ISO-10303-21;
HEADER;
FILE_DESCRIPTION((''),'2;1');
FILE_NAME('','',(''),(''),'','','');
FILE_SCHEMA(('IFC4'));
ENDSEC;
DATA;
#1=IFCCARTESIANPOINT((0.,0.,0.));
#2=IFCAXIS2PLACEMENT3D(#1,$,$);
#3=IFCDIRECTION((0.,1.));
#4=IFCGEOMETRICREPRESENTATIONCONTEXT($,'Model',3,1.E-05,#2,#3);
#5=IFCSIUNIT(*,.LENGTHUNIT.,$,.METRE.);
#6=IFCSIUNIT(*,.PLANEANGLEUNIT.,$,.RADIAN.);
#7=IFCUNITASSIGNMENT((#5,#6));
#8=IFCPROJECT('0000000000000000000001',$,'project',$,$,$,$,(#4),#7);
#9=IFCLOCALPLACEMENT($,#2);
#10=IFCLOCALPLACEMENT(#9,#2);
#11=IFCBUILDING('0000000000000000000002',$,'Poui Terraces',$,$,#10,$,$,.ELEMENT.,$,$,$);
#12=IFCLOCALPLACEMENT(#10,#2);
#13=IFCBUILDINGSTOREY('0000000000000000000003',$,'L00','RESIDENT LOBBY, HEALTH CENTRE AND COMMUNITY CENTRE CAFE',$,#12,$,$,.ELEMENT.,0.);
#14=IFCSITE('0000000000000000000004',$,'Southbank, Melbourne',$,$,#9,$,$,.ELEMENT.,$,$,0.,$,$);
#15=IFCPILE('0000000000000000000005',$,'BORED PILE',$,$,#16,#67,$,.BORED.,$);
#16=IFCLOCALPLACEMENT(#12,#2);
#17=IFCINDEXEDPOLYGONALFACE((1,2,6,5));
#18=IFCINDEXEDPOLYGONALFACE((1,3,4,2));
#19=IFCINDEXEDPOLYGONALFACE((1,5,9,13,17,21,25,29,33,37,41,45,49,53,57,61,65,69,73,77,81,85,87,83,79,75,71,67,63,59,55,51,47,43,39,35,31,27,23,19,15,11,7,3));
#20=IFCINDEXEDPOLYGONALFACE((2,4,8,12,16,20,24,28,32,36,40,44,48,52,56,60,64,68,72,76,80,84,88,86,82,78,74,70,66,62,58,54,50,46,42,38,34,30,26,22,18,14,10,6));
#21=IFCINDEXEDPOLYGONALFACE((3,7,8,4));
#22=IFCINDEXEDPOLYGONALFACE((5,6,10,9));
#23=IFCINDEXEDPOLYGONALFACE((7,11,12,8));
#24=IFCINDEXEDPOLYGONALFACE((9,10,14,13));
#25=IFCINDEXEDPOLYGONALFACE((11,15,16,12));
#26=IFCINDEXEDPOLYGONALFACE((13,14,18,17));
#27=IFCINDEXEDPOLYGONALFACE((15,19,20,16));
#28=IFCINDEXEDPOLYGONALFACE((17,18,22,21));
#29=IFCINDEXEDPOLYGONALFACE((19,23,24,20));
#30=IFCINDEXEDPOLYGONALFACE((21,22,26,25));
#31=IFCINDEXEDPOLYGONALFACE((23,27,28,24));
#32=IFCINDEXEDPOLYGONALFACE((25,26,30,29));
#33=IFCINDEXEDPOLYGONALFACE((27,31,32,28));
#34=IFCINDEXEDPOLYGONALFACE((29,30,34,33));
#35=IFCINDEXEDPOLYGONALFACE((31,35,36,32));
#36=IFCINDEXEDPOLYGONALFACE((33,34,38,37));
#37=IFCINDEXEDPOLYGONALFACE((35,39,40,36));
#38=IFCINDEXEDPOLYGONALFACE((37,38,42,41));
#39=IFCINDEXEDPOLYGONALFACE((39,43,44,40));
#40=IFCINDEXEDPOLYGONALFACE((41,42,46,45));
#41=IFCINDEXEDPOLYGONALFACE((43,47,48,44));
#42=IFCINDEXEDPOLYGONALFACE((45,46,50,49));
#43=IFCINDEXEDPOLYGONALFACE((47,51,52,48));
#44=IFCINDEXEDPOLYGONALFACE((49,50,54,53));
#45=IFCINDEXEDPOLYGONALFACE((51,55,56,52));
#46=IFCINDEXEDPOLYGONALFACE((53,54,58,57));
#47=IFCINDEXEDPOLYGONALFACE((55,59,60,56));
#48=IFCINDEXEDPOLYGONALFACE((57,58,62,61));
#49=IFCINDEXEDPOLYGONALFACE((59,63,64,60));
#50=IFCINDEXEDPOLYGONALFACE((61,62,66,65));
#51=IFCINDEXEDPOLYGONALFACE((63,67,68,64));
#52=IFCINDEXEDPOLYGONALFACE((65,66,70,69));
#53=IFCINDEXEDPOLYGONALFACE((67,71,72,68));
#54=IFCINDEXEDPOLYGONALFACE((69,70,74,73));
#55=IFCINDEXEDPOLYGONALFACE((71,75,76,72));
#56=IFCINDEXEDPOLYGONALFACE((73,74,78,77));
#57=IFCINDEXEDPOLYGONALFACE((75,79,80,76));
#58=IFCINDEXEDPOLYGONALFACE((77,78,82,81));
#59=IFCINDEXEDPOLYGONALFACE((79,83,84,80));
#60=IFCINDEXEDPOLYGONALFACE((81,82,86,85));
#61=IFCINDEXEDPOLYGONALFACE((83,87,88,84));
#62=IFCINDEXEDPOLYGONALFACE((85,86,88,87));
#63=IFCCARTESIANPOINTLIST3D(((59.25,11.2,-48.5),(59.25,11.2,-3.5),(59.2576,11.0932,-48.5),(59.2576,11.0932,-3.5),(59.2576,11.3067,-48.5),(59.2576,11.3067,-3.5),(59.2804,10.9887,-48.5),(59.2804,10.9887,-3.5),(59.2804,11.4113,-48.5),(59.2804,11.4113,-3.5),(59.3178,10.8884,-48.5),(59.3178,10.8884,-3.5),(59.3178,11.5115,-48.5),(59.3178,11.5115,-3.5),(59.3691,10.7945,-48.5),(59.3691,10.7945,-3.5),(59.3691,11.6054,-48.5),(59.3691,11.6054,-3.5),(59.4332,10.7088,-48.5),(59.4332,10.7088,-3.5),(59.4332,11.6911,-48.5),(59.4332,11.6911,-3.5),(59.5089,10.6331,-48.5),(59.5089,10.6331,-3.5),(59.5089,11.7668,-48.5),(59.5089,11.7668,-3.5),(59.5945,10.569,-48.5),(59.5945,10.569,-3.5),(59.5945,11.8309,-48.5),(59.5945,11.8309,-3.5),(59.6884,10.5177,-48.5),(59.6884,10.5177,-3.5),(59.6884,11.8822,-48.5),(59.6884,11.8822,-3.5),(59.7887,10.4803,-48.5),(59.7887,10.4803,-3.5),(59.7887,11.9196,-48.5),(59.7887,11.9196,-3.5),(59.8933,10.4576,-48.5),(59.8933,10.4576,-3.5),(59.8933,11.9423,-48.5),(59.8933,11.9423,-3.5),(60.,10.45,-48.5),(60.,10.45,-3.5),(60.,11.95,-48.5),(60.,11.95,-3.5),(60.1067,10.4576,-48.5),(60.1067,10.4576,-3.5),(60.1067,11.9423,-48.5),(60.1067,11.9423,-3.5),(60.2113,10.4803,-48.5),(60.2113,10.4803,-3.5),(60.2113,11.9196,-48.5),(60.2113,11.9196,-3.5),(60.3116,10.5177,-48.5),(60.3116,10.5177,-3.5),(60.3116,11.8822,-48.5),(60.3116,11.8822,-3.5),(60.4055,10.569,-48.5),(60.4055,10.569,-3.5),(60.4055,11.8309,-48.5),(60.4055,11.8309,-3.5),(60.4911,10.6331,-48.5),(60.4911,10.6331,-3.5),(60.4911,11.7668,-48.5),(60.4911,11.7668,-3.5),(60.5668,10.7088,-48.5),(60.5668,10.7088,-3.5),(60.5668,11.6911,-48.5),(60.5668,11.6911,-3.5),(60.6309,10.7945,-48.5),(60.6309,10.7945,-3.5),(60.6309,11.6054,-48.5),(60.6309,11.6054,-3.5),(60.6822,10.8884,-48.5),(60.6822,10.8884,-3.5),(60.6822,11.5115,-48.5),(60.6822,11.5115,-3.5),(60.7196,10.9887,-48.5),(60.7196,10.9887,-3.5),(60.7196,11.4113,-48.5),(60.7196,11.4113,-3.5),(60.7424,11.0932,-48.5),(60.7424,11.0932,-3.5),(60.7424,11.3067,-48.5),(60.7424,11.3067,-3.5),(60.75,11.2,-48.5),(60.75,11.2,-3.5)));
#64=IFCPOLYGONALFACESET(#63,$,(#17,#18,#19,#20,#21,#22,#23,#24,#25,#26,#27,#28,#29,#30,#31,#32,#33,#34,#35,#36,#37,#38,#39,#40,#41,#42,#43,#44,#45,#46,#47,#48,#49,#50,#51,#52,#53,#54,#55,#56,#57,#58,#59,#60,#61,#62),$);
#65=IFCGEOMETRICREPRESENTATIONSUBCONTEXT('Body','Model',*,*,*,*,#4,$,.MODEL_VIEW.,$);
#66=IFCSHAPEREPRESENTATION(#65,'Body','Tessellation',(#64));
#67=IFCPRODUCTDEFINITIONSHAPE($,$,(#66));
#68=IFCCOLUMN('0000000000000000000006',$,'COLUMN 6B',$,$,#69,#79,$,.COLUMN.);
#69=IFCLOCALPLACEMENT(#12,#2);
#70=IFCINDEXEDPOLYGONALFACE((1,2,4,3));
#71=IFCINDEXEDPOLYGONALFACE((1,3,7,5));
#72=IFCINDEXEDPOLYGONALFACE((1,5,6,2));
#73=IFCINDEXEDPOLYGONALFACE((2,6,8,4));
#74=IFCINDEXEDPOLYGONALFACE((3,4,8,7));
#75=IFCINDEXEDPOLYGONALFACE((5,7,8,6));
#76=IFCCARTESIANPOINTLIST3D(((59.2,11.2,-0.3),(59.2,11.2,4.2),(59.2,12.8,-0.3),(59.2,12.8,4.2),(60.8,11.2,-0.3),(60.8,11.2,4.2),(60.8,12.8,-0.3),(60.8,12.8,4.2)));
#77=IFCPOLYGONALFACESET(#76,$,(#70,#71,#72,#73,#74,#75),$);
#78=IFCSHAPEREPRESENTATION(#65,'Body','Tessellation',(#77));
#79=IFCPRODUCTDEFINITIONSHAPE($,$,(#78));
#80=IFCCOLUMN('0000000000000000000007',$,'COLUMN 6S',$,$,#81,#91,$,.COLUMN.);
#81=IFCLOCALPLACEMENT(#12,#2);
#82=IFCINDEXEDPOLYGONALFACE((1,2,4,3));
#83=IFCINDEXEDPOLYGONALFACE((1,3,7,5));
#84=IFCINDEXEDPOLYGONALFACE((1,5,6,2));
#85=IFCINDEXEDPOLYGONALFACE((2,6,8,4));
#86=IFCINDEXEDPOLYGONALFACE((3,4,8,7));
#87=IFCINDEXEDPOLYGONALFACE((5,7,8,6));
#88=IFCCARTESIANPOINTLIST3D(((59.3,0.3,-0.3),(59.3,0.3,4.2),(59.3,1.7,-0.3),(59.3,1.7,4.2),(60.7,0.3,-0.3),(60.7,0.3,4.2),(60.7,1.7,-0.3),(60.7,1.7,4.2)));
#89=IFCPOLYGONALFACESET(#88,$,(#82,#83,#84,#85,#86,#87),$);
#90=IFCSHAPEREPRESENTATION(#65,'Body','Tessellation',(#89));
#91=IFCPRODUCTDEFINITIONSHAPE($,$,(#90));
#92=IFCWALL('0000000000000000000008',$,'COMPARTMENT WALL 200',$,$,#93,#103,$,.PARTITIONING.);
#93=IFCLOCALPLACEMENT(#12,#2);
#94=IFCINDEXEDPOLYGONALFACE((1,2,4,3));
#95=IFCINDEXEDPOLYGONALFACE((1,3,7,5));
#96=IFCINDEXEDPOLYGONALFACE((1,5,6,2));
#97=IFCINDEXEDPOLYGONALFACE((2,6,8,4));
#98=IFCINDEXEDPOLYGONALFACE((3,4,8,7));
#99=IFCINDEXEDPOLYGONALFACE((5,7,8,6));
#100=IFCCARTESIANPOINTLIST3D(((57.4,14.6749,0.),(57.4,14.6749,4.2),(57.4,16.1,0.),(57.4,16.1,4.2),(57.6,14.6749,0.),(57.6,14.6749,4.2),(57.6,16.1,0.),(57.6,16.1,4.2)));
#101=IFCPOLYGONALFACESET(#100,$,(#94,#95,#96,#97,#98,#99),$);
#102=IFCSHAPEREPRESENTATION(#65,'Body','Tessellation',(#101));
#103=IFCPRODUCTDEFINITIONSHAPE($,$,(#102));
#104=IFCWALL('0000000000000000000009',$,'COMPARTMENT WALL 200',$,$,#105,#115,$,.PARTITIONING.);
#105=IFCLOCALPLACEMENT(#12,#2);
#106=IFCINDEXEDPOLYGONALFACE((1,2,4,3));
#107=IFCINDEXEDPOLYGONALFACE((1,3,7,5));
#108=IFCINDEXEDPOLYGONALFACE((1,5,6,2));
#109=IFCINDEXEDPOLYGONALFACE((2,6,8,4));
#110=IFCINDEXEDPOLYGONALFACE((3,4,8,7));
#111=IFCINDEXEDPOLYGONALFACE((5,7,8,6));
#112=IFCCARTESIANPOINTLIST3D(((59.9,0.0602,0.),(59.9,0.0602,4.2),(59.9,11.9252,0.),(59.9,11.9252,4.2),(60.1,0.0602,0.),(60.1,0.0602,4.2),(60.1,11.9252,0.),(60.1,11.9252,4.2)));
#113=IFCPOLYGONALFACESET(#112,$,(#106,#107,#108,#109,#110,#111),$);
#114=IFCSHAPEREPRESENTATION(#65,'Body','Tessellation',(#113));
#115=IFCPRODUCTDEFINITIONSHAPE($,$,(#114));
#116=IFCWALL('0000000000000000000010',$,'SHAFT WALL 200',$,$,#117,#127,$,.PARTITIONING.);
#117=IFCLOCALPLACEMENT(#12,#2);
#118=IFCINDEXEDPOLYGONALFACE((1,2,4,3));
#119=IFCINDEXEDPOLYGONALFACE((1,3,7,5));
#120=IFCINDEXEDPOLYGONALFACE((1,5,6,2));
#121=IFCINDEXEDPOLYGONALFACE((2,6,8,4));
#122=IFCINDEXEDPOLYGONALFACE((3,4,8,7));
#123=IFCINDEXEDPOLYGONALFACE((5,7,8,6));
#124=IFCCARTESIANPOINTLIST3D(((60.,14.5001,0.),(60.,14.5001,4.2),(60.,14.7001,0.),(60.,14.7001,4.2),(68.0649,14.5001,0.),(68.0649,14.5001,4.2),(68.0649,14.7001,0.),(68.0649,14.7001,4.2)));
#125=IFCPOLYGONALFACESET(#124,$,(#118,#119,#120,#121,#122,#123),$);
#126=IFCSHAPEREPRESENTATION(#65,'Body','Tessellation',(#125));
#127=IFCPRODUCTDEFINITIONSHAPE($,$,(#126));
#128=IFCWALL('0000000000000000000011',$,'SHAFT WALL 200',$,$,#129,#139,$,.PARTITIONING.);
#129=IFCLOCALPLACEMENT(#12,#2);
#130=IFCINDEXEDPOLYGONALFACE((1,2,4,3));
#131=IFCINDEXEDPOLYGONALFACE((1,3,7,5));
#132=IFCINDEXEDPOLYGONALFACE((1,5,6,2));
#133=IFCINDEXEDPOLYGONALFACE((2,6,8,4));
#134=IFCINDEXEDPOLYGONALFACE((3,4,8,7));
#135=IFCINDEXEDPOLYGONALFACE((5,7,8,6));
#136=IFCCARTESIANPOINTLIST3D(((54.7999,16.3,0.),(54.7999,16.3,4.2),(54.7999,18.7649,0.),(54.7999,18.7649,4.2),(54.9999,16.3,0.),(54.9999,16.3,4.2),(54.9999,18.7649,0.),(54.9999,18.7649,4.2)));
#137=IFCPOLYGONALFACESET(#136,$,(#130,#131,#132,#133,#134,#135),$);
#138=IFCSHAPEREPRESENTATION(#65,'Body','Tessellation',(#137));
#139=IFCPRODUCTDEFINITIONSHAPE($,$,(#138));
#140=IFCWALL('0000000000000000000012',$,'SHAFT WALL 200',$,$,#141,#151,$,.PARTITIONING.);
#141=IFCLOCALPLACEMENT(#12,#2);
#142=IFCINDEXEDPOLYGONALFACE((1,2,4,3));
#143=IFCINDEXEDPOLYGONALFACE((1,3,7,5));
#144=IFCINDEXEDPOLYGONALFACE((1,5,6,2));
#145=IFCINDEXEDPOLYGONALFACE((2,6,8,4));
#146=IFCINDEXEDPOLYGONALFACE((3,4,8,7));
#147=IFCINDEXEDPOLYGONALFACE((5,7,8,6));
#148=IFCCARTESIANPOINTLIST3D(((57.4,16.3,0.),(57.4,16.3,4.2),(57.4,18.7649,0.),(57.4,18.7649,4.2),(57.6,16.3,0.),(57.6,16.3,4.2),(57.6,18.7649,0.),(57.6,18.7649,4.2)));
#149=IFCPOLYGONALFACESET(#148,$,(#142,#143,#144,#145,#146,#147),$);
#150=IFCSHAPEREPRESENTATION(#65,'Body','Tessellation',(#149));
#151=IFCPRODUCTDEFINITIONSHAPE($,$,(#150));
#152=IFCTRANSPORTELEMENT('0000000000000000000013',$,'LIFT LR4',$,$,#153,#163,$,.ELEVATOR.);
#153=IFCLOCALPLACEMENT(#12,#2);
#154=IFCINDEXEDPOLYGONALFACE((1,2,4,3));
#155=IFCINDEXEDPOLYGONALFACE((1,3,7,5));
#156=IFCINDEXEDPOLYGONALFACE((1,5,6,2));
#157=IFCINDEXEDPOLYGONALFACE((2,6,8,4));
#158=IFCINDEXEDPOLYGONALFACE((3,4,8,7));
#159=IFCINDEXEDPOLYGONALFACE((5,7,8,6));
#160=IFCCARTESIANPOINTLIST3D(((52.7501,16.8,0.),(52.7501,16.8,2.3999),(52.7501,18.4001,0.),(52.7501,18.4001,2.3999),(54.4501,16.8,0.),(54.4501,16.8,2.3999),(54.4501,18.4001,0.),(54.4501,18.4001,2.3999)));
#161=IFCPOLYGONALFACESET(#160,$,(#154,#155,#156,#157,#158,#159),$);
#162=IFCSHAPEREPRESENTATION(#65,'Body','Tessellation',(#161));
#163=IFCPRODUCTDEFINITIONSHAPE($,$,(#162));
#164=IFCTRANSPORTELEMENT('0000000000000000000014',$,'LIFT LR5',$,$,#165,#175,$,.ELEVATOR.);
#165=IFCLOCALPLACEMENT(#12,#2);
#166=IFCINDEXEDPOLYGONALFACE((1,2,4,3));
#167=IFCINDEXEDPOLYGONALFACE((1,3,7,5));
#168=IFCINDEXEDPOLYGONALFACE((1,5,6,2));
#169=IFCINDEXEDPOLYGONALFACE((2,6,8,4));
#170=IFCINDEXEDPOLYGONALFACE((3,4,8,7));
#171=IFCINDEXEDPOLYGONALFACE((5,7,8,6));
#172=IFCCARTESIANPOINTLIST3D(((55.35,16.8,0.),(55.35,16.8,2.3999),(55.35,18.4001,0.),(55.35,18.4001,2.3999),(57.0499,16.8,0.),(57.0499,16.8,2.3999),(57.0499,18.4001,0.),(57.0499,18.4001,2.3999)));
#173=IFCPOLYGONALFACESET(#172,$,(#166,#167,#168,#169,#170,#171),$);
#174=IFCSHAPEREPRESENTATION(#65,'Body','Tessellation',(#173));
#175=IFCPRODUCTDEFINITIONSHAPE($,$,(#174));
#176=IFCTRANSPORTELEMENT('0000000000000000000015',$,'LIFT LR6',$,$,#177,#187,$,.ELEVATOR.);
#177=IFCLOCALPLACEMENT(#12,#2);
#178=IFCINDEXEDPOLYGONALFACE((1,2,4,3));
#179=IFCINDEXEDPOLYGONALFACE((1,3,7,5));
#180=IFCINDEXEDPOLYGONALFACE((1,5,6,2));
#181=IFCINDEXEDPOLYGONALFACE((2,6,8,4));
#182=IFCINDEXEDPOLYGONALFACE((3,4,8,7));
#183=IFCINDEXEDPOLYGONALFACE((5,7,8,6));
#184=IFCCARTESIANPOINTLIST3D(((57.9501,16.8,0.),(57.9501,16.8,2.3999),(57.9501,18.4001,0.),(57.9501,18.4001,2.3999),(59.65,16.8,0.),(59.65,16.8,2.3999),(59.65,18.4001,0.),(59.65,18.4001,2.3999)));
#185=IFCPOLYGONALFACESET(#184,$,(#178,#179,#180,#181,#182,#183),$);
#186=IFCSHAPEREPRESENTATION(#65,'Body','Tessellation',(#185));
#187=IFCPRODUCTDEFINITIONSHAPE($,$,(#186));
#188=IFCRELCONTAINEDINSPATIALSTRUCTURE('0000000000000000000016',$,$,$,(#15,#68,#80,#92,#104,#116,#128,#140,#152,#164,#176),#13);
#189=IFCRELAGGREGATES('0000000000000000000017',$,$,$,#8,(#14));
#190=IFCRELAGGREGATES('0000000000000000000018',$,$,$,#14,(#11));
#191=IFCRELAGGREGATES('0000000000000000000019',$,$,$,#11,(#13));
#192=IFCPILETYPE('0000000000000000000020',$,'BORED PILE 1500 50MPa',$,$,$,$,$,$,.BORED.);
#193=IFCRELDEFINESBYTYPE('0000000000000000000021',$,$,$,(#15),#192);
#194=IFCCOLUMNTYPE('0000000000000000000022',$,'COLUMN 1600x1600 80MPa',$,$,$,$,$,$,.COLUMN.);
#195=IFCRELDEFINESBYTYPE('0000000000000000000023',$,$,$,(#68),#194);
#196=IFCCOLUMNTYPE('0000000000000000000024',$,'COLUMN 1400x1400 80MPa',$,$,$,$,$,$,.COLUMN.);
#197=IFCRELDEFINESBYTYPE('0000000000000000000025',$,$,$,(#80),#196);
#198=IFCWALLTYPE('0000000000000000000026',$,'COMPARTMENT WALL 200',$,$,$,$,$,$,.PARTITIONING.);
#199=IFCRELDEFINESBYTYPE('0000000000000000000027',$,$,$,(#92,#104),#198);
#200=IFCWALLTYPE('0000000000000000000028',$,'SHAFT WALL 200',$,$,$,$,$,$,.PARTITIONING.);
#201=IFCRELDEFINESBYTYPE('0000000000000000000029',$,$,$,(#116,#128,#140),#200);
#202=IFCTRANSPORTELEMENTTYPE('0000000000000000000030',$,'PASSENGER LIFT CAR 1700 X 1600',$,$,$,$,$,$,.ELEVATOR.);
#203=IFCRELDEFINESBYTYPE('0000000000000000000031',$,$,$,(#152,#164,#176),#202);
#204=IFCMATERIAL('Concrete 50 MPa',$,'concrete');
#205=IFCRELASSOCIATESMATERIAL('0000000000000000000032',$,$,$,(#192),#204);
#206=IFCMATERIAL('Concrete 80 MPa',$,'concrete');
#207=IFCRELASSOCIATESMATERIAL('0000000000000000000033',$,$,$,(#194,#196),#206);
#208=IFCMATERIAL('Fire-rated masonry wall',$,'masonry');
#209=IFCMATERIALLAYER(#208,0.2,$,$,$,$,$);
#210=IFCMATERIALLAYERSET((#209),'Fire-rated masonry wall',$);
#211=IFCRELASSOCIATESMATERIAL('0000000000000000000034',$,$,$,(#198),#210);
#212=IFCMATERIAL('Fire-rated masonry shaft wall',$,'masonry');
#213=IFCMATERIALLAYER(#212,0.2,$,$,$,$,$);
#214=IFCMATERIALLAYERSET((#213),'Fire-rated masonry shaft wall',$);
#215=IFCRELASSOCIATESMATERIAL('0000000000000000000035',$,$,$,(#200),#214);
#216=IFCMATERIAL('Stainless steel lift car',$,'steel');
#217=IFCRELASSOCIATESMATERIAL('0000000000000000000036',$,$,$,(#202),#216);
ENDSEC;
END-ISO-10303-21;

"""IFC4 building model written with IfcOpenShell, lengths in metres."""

from ifc_helpers import new_model, si_unit, direction, frame, frame_2d, origin, origin_2d, place, context, subcontext, project, spatial, rectangle, circle, extrude, source, transform, mapped, material, layer, layer_set, material_profile, profile_set, type_object, element, save


model = new_model("IFC4")

# Units and contexts
model_context = context("Model", 3, precision=1e-05, world=origin(), true_north=direction((0.0, 1.0)))
body_context = subcontext(model_context, "Body", "Model", "MODEL_VIEW")
ifc_project = project(units=[si_unit("LENGTHUNIT", "METRE"), si_unit("PLANEANGLEUNIT", "RADIAN")], contexts=[model_context])

# Site, building, storey
site_placement = place(None, origin())
site = spatial("IfcSite", under=ifc_project, at=site_placement, Name="Southbank, Melbourne", CompositionType="ELEMENT", RefElevation=0.0)
building_placement = place(site_placement, origin())
building = spatial("IfcBuilding", under=site, at=building_placement, Name="Poui Terraces", CompositionType="ELEMENT")
storey_placement = place(building_placement, origin())
storey = spatial("IfcBuildingStorey", under=building, at=storey_placement, Name="L00", Description="RESIDENT LOBBY, HEALTH CENTRE AND COMMUNITY CENTRE CAFE", CompositionType="ELEMENT", Elevation=0.0)

# Pile
ifc_material_1 = material(Name="Concrete 50 MPa", Category="concrete")
ifc_material_profile_1 = material_profile(ifc_material_1, circle(Radius=0.75, at=origin_2d()), Name="RC D1500")
ifc_profile_set_1 = profile_set([ifc_material_profile_1], Name="Concrete 50 MPa")
pile_type = type_object("IfcPileType", Name="BORED PILE 1500 50MPa", PredefinedType="BORED", material=ifc_profile_set_1)
for number, where, z_axis, x_axis, name in (
    (1, (60.0, 11.2, -3.5), (0.0, 0.0, -1.0), (1.0, 0.0, 0.0), "BORED PILE"),
):
    element("IfcPile", number, at=place(storey_placement, frame(where, z_axis=z_axis, x_axis=x_axis)), inside=storey, type_object=pile_type, Name=name, PredefinedType="BORED", context=body_context, shape_type="SweptSolid", body=[
        extrude(circle(Radius=0.75, at=origin_2d()), origin(), (0.0, 0.0, 1.0), 45.0),
    ])

# Columns
ifc_material_2 = material(Name="Concrete 80 MPa", Category="concrete")
ifc_material_profile_2 = material_profile(ifc_material_2, rectangle(XDim=1.6001, YDim=1.6001, at=origin_2d()), Name="RC 1600x1600")
ifc_profile_set_2 = profile_set([ifc_material_profile_2], Name="Concrete 80 MPa")
column_type_1 = type_object("IfcColumnType", Name="COLUMN 1600x1600 80MPa", PredefinedType="COLUMN", material=ifc_profile_set_2)
shared_shape_1 = source(origin(), body_context, "Body", "SweptSolid", [
    extrude(rectangle(XDim=1.6001, YDim=1.6001, at=origin_2d()), origin(), (0.0, 0.0, 1.0), 4.5),
])
column_1_placement = place(storey_placement, frame((60.0, 12.0, -0.3), z_axis=(0.0, 0.0, 1.0), x_axis=(1.0, 0.0, 0.0)))
element("IfcColumn", 2, at=column_1_placement, inside=storey, type_object=column_type_1, Name="COLUMN 6B", PredefinedType="COLUMN", context=body_context, shape_type="MappedRepresentation", body=[
    mapped(shared_shape_1, transform((0.0, 0.0, 0.0))),
])
ifc_material_profile_3 = material_profile(ifc_material_2, rectangle(XDim=1.3999, YDim=1.3999, at=origin_2d()), Name="RC 1400x1400")
ifc_profile_set_3 = profile_set([ifc_material_profile_3], Name="Concrete 80 MPa")
column_type_2 = type_object("IfcColumnType", Name="COLUMN 1400x1400 80MPa", PredefinedType="COLUMN", material=ifc_profile_set_3)
shared_shape_2 = source(origin(), body_context, "Body", "SweptSolid", [
    extrude(rectangle(XDim=1.3999, YDim=1.3999, at=origin_2d()), origin(), (0.0, 0.0, 1.0), 4.5),
])
column_2_placement = place(storey_placement, frame((60.0, 1.0, -0.3), z_axis=(0.0, 0.0, 1.0), x_axis=(1.0, 0.0, 0.0)))
element("IfcColumn", 3, at=column_2_placement, inside=storey, type_object=column_type_2, Name="COLUMN 6S", PredefinedType="COLUMN", context=body_context, shape_type="MappedRepresentation", body=[
    mapped(shared_shape_2, transform((0.0, 0.0, 0.0))),
])

# Walls
ifc_material_3 = material(Name="Fire-rated masonry wall", Category="masonry")
ifc_layer_1 = layer(ifc_material_3, 0.2)
ifc_layer_set_1 = layer_set([ifc_layer_1], Name="Fire-rated masonry wall")
wall_type_1 = type_object("IfcWallType", Name="COMPARTMENT WALL 200", PredefinedType="PARTITIONING", material=ifc_layer_set_1)
wall_1_placement = place(storey_placement, frame((57.5, 14.675, 0.0), z_axis=(0.0, 0.0, 1.0), x_axis=(0.0, 1.0, 0.0)))
element("IfcWall", 4, at=wall_1_placement, inside=storey, type_object=wall_type_1, Name="COMPARTMENT WALL 200", PredefinedType="PARTITIONING", context=body_context, shape_type="SweptSolid", body=[
    extrude(rectangle(XDim=1.425, YDim=0.2, at=frame_2d((0.7124, 0.0))), origin(), (0.0, 0.0, 1.0), 4.2),
])
wall_2_placement = place(storey_placement, frame((60.0, 0.0601, 0.0), z_axis=(0.0, 0.0, 1.0), x_axis=(0.0, 1.0, 0.0)))
element("IfcWall", 5, at=wall_2_placement, inside=storey, type_object=wall_type_1, Name="COMPARTMENT WALL 200", PredefinedType="PARTITIONING", context=body_context, shape_type="SweptSolid", body=[
    extrude(rectangle(XDim=11.865, YDim=0.2, at=frame_2d((5.9326, 0.0))), origin(), (0.0, 0.0, 1.0), 4.2),
])
ifc_material_4 = material(Name="Fire-rated masonry shaft wall", Category="masonry")
ifc_layer_2 = layer(ifc_material_4, 0.2)
ifc_layer_set_2 = layer_set([ifc_layer_2], Name="Fire-rated masonry shaft wall")
wall_type_2 = type_object("IfcWallType", Name="SHAFT WALL 200", PredefinedType="PARTITIONING", material=ifc_layer_set_2)
wall_3_placement = place(storey_placement, frame((60.0, 14.6001, 0.0), z_axis=(0.0, 0.0, 1.0), x_axis=(1.0, 0.0, 0.0)))
element("IfcWall", 6, at=wall_3_placement, inside=storey, type_object=wall_type_2, Name="SHAFT WALL 200", PredefinedType="PARTITIONING", context=body_context, shape_type="SweptSolid", body=[
    extrude(rectangle(XDim=8.0649, YDim=0.2, at=frame_2d((4.0325, 0.0))), origin(), (0.0, 0.0, 1.0), 4.2),
])
for number, where, z_axis, x_axis, name in (
    (7, (54.8999, 16.3, 0.0), (0.0, 0.0, 1.0), (0.0, 1.0, 0.0), "SHAFT WALL 200"),
    (8, (57.5, 16.3, 0.0), (0.0, 0.0, 1.0), (0.0, 1.0, 0.0), "SHAFT WALL 200"),
):
    element("IfcWall", number, at=place(storey_placement, frame(where, z_axis=z_axis, x_axis=x_axis)), inside=storey, type_object=wall_type_2, Name=name, PredefinedType="PARTITIONING", context=body_context, shape_type="SweptSolid", body=[
        extrude(rectangle(XDim=2.4648, YDim=0.2, at=frame_2d((1.2324, 0.0))), origin(), (0.0, 0.0, 1.0), 4.2),
    ])

# Transport elements
ifc_material_5 = material(Name="Stainless steel lift car", Category="steel")
transport_element_type = type_object("IfcTransportElementType", Name="PASSENGER LIFT CAR 1700 X 1600", PredefinedType="ELEVATOR", material=ifc_material_5)
shared_shape_3 = source(origin(), body_context, "Body", "SweptSolid", [
    extrude(rectangle(XDim=1.7, YDim=1.6001, at=origin_2d()), origin(), (0.0, 0.0, 1.0), 2.3999),
])
for number, where, z_axis, x_axis, name in (
    (9, (53.6001, 17.6001, 0.0), (0.0, 0.0, 1.0), (1.0, 0.0, 0.0), "LIFT LR4"),
    (10, (56.2, 17.6001, 0.0), (0.0, 0.0, 1.0), (1.0, 0.0, 0.0), "LIFT LR5"),
    (11, (58.8, 17.6001, 0.0), (0.0, 0.0, 1.0), (1.0, 0.0, 0.0), "LIFT LR6"),
):
    element("IfcTransportElement", number, at=place(storey_placement, frame(where, z_axis=z_axis, x_axis=x_axis)), inside=storey, type_object=transport_element_type, Name=name, PredefinedType="ELEVATOR", context=body_context, shape_type="MappedRepresentation", body=[
        mapped(shared_shape_3, transform((0.0, 0.0, 0.0))),
    ])

save(model, "model.ifc")
